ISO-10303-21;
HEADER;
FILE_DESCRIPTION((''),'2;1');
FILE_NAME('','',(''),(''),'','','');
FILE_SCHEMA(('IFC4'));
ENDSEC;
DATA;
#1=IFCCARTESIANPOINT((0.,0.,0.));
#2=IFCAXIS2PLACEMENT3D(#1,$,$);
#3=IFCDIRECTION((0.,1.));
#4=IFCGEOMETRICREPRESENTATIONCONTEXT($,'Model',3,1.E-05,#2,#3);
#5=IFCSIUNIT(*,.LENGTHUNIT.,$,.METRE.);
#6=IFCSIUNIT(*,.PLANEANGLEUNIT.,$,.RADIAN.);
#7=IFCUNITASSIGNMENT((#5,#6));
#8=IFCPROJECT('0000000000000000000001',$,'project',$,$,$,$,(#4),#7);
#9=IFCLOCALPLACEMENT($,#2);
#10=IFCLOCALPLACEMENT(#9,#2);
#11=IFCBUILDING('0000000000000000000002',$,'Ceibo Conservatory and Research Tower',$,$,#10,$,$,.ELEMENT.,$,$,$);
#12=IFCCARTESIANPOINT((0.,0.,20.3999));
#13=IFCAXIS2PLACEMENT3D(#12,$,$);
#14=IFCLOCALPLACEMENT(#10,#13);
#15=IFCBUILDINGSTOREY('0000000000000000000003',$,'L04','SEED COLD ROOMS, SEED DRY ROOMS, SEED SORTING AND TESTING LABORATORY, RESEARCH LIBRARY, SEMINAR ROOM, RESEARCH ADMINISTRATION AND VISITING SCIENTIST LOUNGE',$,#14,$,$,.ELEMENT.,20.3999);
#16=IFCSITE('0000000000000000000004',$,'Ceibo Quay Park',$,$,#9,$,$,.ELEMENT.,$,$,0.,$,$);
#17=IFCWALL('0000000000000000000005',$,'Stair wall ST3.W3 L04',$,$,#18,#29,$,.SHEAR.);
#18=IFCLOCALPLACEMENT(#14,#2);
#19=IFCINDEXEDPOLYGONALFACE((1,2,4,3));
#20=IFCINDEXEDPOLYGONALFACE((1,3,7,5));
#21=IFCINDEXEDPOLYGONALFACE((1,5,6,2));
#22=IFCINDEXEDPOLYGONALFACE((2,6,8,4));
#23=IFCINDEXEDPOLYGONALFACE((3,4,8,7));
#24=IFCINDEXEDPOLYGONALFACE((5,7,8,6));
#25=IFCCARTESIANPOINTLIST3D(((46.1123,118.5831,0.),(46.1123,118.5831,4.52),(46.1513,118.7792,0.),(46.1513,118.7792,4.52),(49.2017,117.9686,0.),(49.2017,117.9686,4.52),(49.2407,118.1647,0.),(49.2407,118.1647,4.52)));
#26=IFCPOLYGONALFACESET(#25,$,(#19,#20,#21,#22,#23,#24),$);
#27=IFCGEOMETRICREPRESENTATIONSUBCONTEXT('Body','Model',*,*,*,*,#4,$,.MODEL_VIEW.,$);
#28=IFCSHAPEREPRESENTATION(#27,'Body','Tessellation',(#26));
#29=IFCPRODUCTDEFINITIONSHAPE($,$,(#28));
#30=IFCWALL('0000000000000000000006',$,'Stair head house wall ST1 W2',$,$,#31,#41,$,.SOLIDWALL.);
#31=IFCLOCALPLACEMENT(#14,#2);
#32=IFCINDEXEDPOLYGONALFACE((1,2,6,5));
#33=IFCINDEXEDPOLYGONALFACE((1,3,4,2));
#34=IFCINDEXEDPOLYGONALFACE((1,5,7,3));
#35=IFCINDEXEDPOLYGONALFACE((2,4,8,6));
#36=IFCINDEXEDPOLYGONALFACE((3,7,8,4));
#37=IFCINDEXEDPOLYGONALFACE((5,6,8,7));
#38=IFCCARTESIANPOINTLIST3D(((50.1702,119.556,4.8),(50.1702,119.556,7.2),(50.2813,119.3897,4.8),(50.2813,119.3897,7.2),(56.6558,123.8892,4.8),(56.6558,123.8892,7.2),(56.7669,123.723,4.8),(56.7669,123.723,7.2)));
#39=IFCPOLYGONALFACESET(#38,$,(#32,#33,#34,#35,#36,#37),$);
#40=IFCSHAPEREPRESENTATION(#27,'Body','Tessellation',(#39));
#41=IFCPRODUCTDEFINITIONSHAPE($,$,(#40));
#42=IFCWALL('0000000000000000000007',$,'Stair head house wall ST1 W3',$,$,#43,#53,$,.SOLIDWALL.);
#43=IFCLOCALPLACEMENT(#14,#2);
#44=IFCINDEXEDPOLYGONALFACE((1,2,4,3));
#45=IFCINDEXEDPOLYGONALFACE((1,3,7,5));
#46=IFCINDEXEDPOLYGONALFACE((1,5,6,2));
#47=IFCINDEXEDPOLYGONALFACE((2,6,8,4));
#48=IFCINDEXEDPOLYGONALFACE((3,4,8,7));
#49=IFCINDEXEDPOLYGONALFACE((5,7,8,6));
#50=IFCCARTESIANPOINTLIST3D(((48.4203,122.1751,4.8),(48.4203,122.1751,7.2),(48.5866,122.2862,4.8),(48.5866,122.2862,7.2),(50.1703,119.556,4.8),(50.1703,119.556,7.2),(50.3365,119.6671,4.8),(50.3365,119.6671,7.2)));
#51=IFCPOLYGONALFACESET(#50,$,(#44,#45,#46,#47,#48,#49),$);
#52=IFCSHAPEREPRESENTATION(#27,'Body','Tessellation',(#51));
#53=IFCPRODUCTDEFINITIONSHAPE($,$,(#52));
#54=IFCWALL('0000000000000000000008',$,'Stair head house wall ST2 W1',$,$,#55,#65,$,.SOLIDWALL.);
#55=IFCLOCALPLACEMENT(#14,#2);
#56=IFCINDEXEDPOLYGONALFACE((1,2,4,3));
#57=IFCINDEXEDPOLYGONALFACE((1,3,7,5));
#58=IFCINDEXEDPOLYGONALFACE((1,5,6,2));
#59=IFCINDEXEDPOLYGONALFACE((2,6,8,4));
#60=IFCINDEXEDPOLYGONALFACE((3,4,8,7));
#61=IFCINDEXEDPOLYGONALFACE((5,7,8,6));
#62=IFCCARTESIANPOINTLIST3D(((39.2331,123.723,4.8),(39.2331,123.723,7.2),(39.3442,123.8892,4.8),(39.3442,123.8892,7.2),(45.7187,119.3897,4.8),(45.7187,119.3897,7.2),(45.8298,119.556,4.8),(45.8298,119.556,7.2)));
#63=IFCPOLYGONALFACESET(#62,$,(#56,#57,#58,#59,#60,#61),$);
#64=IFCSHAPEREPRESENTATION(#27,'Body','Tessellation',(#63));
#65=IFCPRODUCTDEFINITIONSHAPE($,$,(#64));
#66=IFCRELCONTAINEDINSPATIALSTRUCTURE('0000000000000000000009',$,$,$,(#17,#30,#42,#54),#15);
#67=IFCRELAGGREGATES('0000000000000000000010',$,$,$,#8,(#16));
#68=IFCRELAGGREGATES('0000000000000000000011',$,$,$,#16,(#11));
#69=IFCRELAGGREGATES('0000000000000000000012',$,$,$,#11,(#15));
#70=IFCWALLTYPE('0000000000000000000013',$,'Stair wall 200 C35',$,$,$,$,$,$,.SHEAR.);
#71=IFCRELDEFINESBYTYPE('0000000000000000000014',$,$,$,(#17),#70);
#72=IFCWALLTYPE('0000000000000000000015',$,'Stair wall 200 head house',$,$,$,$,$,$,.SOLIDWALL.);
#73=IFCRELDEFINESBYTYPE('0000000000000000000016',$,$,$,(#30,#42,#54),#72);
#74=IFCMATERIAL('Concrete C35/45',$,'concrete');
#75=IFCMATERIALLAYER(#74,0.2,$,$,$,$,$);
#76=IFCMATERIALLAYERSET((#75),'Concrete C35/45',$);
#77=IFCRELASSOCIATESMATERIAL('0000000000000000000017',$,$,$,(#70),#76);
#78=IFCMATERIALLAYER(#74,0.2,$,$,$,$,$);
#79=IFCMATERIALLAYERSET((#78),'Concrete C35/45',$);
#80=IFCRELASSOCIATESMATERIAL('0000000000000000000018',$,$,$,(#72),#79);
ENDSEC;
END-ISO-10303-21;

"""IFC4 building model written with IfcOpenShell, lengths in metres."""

from ifc_helpers import new_model, si_unit, direction, frame, frame_2d, origin, place, context, subcontext, project, spatial, rectangle, extrude, material, layer, layer_set, type_object, element, save


model = new_model("IFC4")

# Units and contexts
model_context = context("Model", 3, precision=1e-05, world=origin(), true_north=direction((0.0, 1.0)))
body_context = subcontext(model_context, "Body", "Model", "MODEL_VIEW")
ifc_project = project(units=[si_unit("LENGTHUNIT", "METRE"), si_unit("PLANEANGLEUNIT", "RADIAN")], contexts=[model_context])

# Site, building, storey
site_placement = place(None, origin())
site = spatial("IfcSite", under=ifc_project, at=site_placement, Name="Ceibo Quay Park", CompositionType="ELEMENT", RefElevation=0.0)
building_placement = place(site_placement, origin())
building = spatial("IfcBuilding", under=site, at=building_placement, Name="Ceibo Conservatory and Research Tower", CompositionType="ELEMENT")
storey_placement = place(building_placement, frame((0.0, 0.0, 20.3999)))
storey = spatial("IfcBuildingStorey", under=building, at=storey_placement, Name="L04", Description="SEED COLD ROOMS, SEED DRY ROOMS, SEED SORTING AND TESTING LABORATORY, RESEARCH LIBRARY, SEMINAR ROOM, RESEARCH ADMINISTRATION AND VISITING SCIENTIST LOUNGE", CompositionType="ELEMENT", Elevation=20.3999)

# Shared definitions
ifc_material_1 = material(Name="Concrete C35/45", Category="concrete")

# Walls
ifc_layer_1 = layer(ifc_material_1, 0.2)
ifc_layer_set_1 = layer_set([ifc_layer_1], Name="Concrete C35/45")
wall_type_1 = type_object("IfcWallType", Name="Stair wall 200 C35", PredefinedType="SHEAR", material=ifc_layer_set_1)
wall_1_placement = place(storey_placement, frame((46.1318, 118.6812, 0.0), z_axis=(0.0, 0.0, 1.0), x_axis=(0.980786, -0.195088, 0.0)))
element("IfcWall", 1, at=wall_1_placement, inside=storey, type_object=wall_type_1, Name="Stair wall ST3.W3 L04", PredefinedType="SHEAR", context=body_context, shape_type="SweptSolid", body=[
    extrude(rectangle(XDim=3.1499, YDim=0.2, at=frame_2d((1.575, 0.0))), origin(), (0.0, 0.0, 1.0), 4.52),
])
ifc_layer_2 = layer(ifc_material_1, 0.2)
ifc_layer_set_2 = layer_set([ifc_layer_2], Name="Concrete C35/45")
wall_type_2 = type_object("IfcWallType", Name="Stair wall 200 head house", PredefinedType="SOLIDWALL", material=ifc_layer_set_2)
wall_2_placement = place(storey_placement, frame((50.2258, 119.4729, 4.8), z_axis=(0.0, 0.0, 1.0), x_axis=(0.831486, 0.555545, 0.0)))
element("IfcWall", 2, at=wall_2_placement, inside=storey, type_object=wall_type_2, Name="Stair head house wall ST1 W2", PredefinedType="SOLIDWALL", context=body_context, shape_type="SweptSolid", body=[
    extrude(rectangle(XDim=7.8, YDim=0.2, at=frame_2d((3.8999, 0.0))), origin(), (0.0, 0.0, 1.0), 2.3999),
])
wall_3_placement = place(storey_placement, frame((50.2534, 119.6116, 4.8), z_axis=(0.0, 0.0, 1.0), x_axis=(-0.555558, 0.831478, 0.0)))
element("IfcWall", 3, at=wall_3_placement, inside=storey, type_object=wall_type_2, Name="Stair head house wall ST1 W3", PredefinedType="SOLIDWALL", context=body_context, shape_type="SweptSolid", body=[
    extrude(rectangle(XDim=3.1499, YDim=0.2, at=frame_2d((1.575, 0.0))), origin(), (0.0, 0.0, 1.0), 2.3999),
])
wall_4_placement = place(storey_placement, frame((45.7742, 119.4729, 4.8), z_axis=(0.0, 0.0, 1.0), x_axis=(-0.831486, 0.555545, 0.0)))
element("IfcWall", 4, at=wall_4_placement, inside=storey, type_object=wall_type_2, Name="Stair head house wall ST2 W1", PredefinedType="SOLIDWALL", context=body_context, shape_type="SweptSolid", body=[
    extrude(rectangle(XDim=7.8, YDim=0.2, at=frame_2d((3.8999, 0.0))), origin(), (0.0, 0.0, 1.0), 2.3999),
])

save(model, "model.ifc")
